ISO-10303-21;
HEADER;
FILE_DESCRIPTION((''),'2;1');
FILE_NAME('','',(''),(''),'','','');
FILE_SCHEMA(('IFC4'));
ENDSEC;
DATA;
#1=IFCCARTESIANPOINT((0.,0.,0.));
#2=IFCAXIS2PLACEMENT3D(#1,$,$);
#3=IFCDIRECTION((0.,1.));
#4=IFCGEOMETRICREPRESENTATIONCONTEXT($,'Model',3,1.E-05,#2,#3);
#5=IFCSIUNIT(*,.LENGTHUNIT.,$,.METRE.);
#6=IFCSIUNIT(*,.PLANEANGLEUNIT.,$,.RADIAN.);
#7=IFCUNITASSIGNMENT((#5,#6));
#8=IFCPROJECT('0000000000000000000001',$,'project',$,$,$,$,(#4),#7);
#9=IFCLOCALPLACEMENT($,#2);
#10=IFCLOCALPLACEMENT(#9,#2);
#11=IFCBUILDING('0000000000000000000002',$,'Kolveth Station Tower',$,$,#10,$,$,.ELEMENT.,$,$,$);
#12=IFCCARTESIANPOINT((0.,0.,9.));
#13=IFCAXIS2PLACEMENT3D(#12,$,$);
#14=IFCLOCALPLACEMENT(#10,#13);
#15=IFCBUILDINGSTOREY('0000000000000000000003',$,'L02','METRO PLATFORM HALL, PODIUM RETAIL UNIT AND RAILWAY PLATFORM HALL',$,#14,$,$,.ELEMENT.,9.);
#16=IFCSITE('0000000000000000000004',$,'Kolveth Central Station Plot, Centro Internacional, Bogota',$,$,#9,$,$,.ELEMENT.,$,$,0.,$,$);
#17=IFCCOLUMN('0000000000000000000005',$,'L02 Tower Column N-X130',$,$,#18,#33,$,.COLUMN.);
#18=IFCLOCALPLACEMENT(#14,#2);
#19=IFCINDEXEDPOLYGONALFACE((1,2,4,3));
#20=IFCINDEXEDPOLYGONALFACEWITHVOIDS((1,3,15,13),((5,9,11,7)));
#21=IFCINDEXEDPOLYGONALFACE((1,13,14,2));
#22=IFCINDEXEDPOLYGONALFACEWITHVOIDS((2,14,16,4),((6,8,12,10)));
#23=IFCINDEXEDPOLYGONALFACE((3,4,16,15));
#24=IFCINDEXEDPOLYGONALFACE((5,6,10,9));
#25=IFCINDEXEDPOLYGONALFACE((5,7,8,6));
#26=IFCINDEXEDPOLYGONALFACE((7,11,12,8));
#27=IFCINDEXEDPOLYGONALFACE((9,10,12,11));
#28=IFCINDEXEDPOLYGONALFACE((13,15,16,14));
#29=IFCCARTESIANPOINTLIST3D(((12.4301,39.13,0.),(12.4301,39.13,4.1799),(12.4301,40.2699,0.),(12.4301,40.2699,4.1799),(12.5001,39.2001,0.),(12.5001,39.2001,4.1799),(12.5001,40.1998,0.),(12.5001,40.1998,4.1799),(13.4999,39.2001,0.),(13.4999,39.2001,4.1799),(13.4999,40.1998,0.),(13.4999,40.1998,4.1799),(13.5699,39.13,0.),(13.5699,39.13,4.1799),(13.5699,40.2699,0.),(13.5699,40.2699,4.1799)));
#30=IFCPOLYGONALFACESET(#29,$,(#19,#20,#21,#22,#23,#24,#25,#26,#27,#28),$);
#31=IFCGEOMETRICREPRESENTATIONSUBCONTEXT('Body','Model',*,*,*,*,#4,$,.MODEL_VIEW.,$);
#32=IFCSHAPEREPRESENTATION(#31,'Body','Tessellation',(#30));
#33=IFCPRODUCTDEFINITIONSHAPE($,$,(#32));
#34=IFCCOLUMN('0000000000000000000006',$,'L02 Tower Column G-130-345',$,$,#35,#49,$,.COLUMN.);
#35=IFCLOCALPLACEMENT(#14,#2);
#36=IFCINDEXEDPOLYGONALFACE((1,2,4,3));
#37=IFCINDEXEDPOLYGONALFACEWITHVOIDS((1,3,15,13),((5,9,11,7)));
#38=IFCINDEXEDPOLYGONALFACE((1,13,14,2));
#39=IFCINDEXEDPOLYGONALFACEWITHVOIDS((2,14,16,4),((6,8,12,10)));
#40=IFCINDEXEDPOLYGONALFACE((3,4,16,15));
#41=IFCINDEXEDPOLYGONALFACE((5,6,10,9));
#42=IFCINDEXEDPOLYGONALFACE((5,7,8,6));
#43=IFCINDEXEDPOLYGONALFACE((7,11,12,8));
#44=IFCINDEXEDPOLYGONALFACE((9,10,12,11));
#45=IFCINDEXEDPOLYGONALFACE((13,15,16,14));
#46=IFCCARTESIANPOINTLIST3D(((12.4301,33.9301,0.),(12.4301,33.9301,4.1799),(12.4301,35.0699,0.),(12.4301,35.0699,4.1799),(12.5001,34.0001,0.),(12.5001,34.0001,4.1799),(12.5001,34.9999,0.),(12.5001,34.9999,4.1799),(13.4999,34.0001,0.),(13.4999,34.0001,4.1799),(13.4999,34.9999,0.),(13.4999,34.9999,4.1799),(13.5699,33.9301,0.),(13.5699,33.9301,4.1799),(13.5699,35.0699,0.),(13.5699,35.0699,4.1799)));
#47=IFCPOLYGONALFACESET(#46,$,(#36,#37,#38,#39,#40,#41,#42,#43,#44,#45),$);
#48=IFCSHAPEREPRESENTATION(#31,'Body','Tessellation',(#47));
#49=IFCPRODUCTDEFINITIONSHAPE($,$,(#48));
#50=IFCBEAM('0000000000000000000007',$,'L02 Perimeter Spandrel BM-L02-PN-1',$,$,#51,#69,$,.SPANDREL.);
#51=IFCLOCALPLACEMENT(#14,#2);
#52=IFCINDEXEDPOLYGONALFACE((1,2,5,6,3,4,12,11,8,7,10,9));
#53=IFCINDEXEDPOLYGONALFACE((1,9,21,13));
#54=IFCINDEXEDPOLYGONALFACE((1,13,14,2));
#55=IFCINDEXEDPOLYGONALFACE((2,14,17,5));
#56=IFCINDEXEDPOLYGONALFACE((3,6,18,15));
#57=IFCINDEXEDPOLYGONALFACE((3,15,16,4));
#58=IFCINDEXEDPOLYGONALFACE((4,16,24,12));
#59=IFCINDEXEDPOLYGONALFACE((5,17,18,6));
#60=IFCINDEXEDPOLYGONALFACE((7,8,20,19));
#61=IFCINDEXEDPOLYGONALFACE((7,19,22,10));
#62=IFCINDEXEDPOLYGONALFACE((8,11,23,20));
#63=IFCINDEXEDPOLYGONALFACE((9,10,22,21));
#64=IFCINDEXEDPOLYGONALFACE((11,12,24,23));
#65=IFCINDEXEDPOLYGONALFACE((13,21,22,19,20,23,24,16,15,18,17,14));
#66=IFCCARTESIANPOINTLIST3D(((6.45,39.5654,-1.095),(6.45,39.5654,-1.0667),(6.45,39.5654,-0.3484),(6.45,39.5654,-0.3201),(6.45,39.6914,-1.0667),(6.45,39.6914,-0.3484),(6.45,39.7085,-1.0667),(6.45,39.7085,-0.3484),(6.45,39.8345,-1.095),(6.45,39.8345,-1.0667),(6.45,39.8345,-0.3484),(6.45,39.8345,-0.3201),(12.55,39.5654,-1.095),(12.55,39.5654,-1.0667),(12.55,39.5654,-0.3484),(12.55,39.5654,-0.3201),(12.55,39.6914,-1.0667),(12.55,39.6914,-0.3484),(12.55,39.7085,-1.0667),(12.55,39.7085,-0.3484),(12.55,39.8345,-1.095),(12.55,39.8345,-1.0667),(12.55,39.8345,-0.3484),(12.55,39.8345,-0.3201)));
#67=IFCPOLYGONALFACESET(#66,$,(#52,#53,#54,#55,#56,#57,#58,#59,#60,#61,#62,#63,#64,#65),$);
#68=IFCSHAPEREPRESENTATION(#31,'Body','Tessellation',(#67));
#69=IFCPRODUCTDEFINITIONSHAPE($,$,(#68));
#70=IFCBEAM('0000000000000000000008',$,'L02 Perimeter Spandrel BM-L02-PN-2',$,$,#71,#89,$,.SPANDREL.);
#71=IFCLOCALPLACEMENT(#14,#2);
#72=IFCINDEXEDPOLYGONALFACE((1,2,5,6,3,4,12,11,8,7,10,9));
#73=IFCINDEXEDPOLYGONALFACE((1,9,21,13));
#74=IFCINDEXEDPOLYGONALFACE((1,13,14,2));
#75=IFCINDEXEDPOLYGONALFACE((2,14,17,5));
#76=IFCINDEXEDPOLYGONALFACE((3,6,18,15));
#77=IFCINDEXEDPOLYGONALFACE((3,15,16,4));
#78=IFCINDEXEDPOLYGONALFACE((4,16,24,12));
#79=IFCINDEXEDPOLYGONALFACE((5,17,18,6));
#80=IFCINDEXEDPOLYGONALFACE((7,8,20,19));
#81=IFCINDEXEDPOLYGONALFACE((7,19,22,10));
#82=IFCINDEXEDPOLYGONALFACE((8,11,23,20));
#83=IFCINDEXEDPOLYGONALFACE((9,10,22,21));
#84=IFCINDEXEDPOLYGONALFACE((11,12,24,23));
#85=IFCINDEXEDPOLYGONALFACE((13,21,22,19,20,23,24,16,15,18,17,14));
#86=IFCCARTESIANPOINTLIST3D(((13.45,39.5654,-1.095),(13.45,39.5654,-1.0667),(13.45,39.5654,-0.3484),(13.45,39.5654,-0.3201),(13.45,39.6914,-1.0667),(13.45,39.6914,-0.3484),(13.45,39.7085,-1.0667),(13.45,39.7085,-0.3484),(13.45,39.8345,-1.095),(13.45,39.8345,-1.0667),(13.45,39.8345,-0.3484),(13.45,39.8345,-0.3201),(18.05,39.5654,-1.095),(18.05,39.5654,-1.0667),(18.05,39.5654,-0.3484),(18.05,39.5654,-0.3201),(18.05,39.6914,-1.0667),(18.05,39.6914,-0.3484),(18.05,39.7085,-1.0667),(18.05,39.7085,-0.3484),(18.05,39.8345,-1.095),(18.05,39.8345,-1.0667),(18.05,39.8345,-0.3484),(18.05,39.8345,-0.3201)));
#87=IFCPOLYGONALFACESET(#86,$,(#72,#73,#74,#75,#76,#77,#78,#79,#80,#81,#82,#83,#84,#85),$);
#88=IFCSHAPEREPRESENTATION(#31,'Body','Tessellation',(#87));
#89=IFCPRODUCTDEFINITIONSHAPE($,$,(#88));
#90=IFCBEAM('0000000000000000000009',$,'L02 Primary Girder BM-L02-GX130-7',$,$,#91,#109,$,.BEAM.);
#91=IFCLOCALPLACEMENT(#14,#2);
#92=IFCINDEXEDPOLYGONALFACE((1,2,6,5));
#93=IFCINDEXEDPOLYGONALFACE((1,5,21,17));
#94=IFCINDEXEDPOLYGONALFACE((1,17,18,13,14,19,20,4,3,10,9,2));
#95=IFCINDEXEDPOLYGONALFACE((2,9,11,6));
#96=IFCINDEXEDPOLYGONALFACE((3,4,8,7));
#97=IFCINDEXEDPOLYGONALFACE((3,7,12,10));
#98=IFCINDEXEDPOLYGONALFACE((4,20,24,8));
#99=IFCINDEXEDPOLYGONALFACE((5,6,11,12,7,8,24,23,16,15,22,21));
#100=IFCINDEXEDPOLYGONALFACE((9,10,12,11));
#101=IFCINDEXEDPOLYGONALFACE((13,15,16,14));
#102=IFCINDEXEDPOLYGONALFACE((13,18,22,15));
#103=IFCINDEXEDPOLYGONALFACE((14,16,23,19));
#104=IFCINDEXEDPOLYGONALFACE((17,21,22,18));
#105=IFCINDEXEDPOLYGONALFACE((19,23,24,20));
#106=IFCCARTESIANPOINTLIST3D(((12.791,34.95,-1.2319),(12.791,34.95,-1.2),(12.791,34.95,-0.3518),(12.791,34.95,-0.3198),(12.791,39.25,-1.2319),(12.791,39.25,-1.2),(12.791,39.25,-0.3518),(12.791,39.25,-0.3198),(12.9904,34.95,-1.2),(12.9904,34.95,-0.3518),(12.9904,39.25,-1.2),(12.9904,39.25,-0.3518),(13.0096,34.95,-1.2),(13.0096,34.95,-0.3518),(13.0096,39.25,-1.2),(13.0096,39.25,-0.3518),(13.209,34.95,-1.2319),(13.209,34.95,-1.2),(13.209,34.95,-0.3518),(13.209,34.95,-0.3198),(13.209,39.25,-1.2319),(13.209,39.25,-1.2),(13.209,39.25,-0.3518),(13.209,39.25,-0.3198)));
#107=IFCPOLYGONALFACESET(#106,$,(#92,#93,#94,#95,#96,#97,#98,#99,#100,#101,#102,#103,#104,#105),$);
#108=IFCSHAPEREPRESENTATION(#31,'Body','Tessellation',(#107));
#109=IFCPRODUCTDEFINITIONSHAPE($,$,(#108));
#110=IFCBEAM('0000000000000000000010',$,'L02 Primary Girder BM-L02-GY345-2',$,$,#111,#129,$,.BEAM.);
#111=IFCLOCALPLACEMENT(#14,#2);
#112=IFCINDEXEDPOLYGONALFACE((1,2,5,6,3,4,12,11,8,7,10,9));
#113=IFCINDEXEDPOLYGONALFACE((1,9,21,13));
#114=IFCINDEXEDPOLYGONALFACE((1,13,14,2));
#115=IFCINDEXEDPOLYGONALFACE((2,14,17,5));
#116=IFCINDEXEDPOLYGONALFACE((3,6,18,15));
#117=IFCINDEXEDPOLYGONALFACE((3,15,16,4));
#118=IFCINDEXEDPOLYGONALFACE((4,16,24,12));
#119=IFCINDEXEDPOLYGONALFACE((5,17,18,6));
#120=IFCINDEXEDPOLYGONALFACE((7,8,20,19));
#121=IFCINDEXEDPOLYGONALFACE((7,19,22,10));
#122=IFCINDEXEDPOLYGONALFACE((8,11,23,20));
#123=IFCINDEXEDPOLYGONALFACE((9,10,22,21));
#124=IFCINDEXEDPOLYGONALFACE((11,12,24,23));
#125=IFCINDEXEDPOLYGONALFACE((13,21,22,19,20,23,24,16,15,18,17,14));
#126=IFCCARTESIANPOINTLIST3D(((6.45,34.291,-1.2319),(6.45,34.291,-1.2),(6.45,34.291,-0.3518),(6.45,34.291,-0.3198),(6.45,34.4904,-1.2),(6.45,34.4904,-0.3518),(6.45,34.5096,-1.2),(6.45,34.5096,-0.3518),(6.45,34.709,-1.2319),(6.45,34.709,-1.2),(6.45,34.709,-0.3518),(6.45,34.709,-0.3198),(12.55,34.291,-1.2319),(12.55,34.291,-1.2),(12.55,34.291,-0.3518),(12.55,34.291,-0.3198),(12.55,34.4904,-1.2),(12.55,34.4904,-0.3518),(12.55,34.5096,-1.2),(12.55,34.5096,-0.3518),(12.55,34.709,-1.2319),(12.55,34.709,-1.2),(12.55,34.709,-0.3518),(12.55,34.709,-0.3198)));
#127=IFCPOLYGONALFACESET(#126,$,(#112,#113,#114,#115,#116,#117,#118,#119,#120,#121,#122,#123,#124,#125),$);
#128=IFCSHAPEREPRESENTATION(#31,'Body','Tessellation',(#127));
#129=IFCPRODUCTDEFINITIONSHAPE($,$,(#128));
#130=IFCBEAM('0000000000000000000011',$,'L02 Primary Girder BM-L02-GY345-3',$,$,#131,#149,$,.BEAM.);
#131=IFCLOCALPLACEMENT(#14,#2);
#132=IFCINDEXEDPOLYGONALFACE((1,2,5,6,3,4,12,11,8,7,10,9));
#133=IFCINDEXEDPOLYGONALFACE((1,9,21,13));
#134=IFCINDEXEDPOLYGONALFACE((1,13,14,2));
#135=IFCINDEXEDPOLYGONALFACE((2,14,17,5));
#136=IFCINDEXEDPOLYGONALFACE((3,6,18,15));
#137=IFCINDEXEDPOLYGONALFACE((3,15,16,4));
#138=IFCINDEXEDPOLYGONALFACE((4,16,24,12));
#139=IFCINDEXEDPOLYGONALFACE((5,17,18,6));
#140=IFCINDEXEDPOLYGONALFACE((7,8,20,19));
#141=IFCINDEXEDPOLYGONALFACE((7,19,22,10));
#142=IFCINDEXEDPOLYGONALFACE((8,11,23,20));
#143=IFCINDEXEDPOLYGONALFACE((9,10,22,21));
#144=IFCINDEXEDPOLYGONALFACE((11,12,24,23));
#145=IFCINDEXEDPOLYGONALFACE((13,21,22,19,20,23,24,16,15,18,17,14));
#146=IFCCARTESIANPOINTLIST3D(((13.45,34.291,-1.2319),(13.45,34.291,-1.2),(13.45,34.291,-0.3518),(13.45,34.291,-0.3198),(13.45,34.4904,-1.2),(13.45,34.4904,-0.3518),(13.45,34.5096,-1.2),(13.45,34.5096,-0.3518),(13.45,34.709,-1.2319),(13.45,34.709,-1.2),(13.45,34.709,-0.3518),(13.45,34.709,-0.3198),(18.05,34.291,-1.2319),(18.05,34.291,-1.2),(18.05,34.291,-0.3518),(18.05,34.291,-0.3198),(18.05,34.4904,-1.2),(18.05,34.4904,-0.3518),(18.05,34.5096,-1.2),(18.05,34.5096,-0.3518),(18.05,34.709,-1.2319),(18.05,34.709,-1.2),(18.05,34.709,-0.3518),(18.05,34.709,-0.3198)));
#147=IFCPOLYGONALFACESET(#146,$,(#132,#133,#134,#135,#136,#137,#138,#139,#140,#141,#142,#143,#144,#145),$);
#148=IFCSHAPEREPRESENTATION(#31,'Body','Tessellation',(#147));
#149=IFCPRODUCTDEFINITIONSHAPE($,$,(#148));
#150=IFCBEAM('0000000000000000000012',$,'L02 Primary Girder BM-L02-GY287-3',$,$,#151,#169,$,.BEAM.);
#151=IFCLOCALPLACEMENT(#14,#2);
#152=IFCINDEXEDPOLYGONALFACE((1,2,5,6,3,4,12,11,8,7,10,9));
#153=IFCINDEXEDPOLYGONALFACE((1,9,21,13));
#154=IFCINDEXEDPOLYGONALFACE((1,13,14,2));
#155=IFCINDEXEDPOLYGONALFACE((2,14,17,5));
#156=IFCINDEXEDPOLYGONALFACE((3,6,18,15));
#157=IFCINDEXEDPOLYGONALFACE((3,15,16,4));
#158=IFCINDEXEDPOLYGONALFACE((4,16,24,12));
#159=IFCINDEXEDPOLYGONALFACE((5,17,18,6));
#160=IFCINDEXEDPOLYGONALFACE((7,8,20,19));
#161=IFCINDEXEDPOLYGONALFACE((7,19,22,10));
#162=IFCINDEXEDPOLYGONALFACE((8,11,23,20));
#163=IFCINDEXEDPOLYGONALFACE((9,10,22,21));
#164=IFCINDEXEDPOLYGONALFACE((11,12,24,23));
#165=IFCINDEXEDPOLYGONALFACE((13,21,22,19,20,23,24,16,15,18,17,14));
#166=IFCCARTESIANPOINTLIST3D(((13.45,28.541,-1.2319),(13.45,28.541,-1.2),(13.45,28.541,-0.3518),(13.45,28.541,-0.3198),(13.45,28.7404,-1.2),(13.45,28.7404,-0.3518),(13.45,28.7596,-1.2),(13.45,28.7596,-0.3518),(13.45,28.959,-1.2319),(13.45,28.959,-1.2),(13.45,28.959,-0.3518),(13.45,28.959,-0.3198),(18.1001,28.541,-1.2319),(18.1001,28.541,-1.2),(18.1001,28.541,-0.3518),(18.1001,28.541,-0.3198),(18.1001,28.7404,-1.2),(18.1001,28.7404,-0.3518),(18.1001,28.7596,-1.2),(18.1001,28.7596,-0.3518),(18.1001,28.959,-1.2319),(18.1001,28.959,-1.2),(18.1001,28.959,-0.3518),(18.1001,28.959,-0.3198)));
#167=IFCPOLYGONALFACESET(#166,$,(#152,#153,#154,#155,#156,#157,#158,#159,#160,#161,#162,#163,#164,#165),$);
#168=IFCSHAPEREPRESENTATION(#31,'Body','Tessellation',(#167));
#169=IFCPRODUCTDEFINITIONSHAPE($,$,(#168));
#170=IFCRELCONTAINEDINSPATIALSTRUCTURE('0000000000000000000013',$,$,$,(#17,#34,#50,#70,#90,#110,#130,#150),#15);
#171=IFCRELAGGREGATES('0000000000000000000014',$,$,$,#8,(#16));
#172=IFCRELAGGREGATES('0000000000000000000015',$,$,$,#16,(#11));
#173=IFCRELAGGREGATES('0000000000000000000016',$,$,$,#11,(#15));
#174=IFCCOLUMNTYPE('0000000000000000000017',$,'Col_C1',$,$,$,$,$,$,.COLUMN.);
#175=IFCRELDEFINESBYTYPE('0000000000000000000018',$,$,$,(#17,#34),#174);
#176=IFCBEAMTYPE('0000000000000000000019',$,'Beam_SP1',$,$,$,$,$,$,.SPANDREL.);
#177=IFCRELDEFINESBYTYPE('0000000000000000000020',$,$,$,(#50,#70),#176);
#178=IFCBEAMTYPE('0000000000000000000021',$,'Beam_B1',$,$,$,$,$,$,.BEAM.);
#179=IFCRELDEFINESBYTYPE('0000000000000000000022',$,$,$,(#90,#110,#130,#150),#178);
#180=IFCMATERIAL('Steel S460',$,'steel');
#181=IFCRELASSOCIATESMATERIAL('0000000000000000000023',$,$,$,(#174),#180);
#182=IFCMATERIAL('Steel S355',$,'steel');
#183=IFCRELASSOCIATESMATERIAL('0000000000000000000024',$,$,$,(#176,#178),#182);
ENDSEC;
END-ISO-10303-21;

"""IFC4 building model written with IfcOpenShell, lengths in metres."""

from ifc_helpers import new_model, si_unit, direction, frame, origin, origin_2d, place, context, subcontext, project, spatial, hollow_rectangle, i_section, extrude, source, transform, mapped, material, material_profile, profile_set, type_object, element, save


model = new_model("IFC4")

# Units and contexts
model_context = context("Model", 3, precision=1e-05, world=origin(), true_north=direction((0.0, 1.0)))
body_context = subcontext(model_context, "Body", "Model", "MODEL_VIEW")
ifc_project = project(units=[si_unit("LENGTHUNIT", "METRE"), si_unit("PLANEANGLEUNIT", "RADIAN")], contexts=[model_context])

# Site, building, storey
site_placement = place(None, origin())
site = spatial("IfcSite", under=ifc_project, at=site_placement, Name="Kolveth Central Station Plot, Centro Internacional, Bogota", CompositionType="ELEMENT", RefElevation=0.0)
building_placement = place(site_placement, origin())
building = spatial("IfcBuilding", under=site, at=building_placement, Name="Kolveth Station Tower", CompositionType="ELEMENT")
storey_placement = place(building_placement, frame((0.0, 0.0, 9.0)))
storey = spatial("IfcBuildingStorey", under=building, at=storey_placement, Name="L02", Description="METRO PLATFORM HALL, PODIUM RETAIL UNIT AND RAILWAY PLATFORM HALL", CompositionType="ELEMENT", Elevation=9.0)

# Columns
ifc_material_1 = material(Name="Steel S460", Category="steel")
ifc_material_profile_1 = material_profile(ifc_material_1, hollow_rectangle(XDim=1.1399, YDim=1.1399, WallThickness=0.0701, at=origin_2d()), Name="BOX1140x1140x70")
ifc_profile_set_1 = profile_set([ifc_material_profile_1], Name="Steel S460")
column_type = type_object("IfcColumnType", Name="Col_C1", PredefinedType="COLUMN", material=ifc_profile_set_1)
shared_shape_1 = source(origin(), body_context, "Body", "SweptSolid", [
    extrude(hollow_rectangle(XDim=1.1399, YDim=1.1399, WallThickness=0.0701, at=origin_2d()), origin(), (0.0, 0.0, 1.0), 4.1799),
])
for number, where, z_axis, x_axis, name in (
    (1, (13.0, 39.7, 0.0), (0.0, 0.0, 1.0), (1.0, 0.0, 0.0), "L02 Tower Column N-X130"),
    (2, (13.0, 34.5, 0.0), (0.0, 0.0, 1.0), (1.0, 0.0, 0.0), "L02 Tower Column G-130-345"),
):
    element("IfcColumn", number, at=place(storey_placement, frame(where, z_axis=z_axis, x_axis=x_axis)), inside=storey, type_object=column_type, Name=name, PredefinedType="COLUMN", context=body_context, shape_type="MappedRepresentation", body=[
        mapped(shared_shape_1, transform((0.0, 0.0, 0.0), x_axis=(1.0, 0.0, 0.0), y_axis=(0.0, 1.0, 0.0), z_axis=(0.0, 0.0, 1.0), scale=1.0)),
    ])

# Beams
ifc_material_2 = material(Name="Steel S355", Category="steel")
ifc_material_profile_2 = material_profile(ifc_material_2, i_section(OverallWidth=0.269, OverallDepth=0.7749, WebThickness=0.0171, FlangeThickness=0.0283, at=origin_2d()), Name="W760x220")
ifc_profile_set_2 = profile_set([ifc_material_profile_2], Name="Steel S355")
beam_type_1 = type_object("IfcBeamType", Name="Beam_SP1", PredefinedType="SPANDREL", material=ifc_profile_set_2)
shared_shape_2 = source(origin(), body_context, "Body", "SweptSolid", [
    extrude(i_section(OverallWidth=0.269, OverallDepth=0.7749, WebThickness=0.0171, FlangeThickness=0.0283, at=origin_2d()), origin(), (0.0, 0.0, 1.0), 6.1001),
])
beam_1_placement = place(storey_placement, frame((6.45, 39.7, -0.7075), z_axis=(1.0, 0.0, 0.0), x_axis=(0.0, 1.0, 0.0)))
element("IfcBeam", 3, at=beam_1_placement, inside=storey, type_object=beam_type_1, Name="L02 Perimeter Spandrel BM-L02-PN-1", PredefinedType="SPANDREL", context=body_context, shape_type="MappedRepresentation", body=[
    mapped(shared_shape_2, transform((0.0, 0.0, 0.0), x_axis=(1.0, 0.0, 0.0), y_axis=(0.0, 1.0, 0.0), z_axis=(0.0, 0.0, 1.0), scale=1.0)),
])
shared_shape_3 = source(origin(), body_context, "Body", "SweptSolid", [
    extrude(i_section(OverallWidth=0.269, OverallDepth=0.7749, WebThickness=0.0171, FlangeThickness=0.0283, at=origin_2d()), origin(), (0.0, 0.0, 1.0), 4.6001),
])
beam_2_placement = place(storey_placement, frame((13.45, 39.7, -0.7075), z_axis=(1.0, 0.0, 0.0), x_axis=(0.0, 1.0, 0.0)))
element("IfcBeam", 4, at=beam_2_placement, inside=storey, type_object=beam_type_1, Name="L02 Perimeter Spandrel BM-L02-PN-2", PredefinedType="SPANDREL", context=body_context, shape_type="MappedRepresentation", body=[
    mapped(shared_shape_3, transform((0.0, 0.0, 0.0), x_axis=(1.0, 0.0, 0.0), y_axis=(0.0, 1.0, 0.0), z_axis=(0.0, 0.0, 1.0), scale=1.0)),
])
ifc_material_profile_3 = material_profile(ifc_material_2, i_section(OverallWidth=0.418, OverallDepth=0.9121, WebThickness=0.0193, FlangeThickness=0.032, at=origin_2d()), Name="W920x342")
ifc_profile_set_3 = profile_set([ifc_material_profile_3], Name="Steel S355")
beam_type_2 = type_object("IfcBeamType", Name="Beam_B1", PredefinedType="BEAM", material=ifc_profile_set_3)
shared_shape_4 = source(origin(), body_context, "Body", "SweptSolid", [
    extrude(i_section(OverallWidth=0.418, OverallDepth=0.9121, WebThickness=0.0193, FlangeThickness=0.032, at=origin_2d()), origin(), (0.0, 0.0, 1.0), 4.3),
])
beam_3_placement = place(storey_placement, frame((13.0, 34.95, -0.7759), z_axis=(0.0, 1.0, 0.0), x_axis=(-1.0, 0.0, 0.0)))
element("IfcBeam", 5, at=beam_3_placement, inside=storey, type_object=beam_type_2, Name="L02 Primary Girder BM-L02-GX130-7", PredefinedType="BEAM", context=body_context, shape_type="MappedRepresentation", body=[
    mapped(shared_shape_4, transform((0.0, 0.0, 0.0), x_axis=(1.0, 0.0, 0.0), y_axis=(0.0, 1.0, 0.0), z_axis=(0.0, 0.0, 1.0), scale=1.0)),
])
shared_shape_5 = source(origin(), body_context, "Body", "SweptSolid", [
    extrude(i_section(OverallWidth=0.418, OverallDepth=0.9121, WebThickness=0.0193, FlangeThickness=0.032, at=origin_2d()), origin(), (0.0, 0.0, 1.0), 6.1001),
])
beam_4_placement = place(storey_placement, frame((6.45, 34.5, -0.7759), z_axis=(1.0, 0.0, 0.0), x_axis=(0.0, 1.0, 0.0)))
element("IfcBeam", 6, at=beam_4_placement, inside=storey, type_object=beam_type_2, Name="L02 Primary Girder BM-L02-GY345-2", PredefinedType="BEAM", context=body_context, shape_type="MappedRepresentation", body=[
    mapped(shared_shape_5, transform((0.0, 0.0, 0.0), x_axis=(1.0, 0.0, 0.0), y_axis=(0.0, 1.0, 0.0), z_axis=(0.0, 0.0, 1.0), scale=1.0)),
])
shared_shape_6 = source(origin(), body_context, "Body", "SweptSolid", [
    extrude(i_section(OverallWidth=0.418, OverallDepth=0.9121, WebThickness=0.0193, FlangeThickness=0.032, at=origin_2d()), origin(), (0.0, 0.0, 1.0), 4.6001),
])
beam_5_placement = place(storey_placement, frame((13.45, 34.5, -0.7759), z_axis=(1.0, 0.0, 0.0), x_axis=(0.0, 1.0, 0.0)))
element("IfcBeam", 7, at=beam_5_placement, inside=storey, type_object=beam_type_2, Name="L02 Primary Girder BM-L02-GY345-3", PredefinedType="BEAM", context=body_context, shape_type="MappedRepresentation", body=[
    mapped(shared_shape_6, transform((0.0, 0.0, 0.0), x_axis=(1.0, 0.0, 0.0), y_axis=(0.0, 1.0, 0.0), z_axis=(0.0, 0.0, 1.0), scale=1.0)),
])
shared_shape_7 = source(origin(), body_context, "Body", "SweptSolid", [
    extrude(i_section(OverallWidth=0.418, OverallDepth=0.9121, WebThickness=0.0193, FlangeThickness=0.032, at=origin_2d()), origin(), (0.0, 0.0, 1.0), 4.6501),
])
beam_6_placement = place(storey_placement, frame((13.45, 28.75, -0.7759), z_axis=(1.0, 0.0, 0.0), x_axis=(0.0, 1.0, 0.0)))
element("IfcBeam", 8, at=beam_6_placement, inside=storey, type_object=beam_type_2, Name="L02 Primary Girder BM-L02-GY287-3", PredefinedType="BEAM", context=body_context, shape_type="MappedRepresentation", body=[
    mapped(shared_shape_7, transform((0.0, 0.0, 0.0), x_axis=(1.0, 0.0, 0.0), y_axis=(0.0, 1.0, 0.0), z_axis=(0.0, 0.0, 1.0), scale=1.0)),
])

save(model, "model.ifc")
